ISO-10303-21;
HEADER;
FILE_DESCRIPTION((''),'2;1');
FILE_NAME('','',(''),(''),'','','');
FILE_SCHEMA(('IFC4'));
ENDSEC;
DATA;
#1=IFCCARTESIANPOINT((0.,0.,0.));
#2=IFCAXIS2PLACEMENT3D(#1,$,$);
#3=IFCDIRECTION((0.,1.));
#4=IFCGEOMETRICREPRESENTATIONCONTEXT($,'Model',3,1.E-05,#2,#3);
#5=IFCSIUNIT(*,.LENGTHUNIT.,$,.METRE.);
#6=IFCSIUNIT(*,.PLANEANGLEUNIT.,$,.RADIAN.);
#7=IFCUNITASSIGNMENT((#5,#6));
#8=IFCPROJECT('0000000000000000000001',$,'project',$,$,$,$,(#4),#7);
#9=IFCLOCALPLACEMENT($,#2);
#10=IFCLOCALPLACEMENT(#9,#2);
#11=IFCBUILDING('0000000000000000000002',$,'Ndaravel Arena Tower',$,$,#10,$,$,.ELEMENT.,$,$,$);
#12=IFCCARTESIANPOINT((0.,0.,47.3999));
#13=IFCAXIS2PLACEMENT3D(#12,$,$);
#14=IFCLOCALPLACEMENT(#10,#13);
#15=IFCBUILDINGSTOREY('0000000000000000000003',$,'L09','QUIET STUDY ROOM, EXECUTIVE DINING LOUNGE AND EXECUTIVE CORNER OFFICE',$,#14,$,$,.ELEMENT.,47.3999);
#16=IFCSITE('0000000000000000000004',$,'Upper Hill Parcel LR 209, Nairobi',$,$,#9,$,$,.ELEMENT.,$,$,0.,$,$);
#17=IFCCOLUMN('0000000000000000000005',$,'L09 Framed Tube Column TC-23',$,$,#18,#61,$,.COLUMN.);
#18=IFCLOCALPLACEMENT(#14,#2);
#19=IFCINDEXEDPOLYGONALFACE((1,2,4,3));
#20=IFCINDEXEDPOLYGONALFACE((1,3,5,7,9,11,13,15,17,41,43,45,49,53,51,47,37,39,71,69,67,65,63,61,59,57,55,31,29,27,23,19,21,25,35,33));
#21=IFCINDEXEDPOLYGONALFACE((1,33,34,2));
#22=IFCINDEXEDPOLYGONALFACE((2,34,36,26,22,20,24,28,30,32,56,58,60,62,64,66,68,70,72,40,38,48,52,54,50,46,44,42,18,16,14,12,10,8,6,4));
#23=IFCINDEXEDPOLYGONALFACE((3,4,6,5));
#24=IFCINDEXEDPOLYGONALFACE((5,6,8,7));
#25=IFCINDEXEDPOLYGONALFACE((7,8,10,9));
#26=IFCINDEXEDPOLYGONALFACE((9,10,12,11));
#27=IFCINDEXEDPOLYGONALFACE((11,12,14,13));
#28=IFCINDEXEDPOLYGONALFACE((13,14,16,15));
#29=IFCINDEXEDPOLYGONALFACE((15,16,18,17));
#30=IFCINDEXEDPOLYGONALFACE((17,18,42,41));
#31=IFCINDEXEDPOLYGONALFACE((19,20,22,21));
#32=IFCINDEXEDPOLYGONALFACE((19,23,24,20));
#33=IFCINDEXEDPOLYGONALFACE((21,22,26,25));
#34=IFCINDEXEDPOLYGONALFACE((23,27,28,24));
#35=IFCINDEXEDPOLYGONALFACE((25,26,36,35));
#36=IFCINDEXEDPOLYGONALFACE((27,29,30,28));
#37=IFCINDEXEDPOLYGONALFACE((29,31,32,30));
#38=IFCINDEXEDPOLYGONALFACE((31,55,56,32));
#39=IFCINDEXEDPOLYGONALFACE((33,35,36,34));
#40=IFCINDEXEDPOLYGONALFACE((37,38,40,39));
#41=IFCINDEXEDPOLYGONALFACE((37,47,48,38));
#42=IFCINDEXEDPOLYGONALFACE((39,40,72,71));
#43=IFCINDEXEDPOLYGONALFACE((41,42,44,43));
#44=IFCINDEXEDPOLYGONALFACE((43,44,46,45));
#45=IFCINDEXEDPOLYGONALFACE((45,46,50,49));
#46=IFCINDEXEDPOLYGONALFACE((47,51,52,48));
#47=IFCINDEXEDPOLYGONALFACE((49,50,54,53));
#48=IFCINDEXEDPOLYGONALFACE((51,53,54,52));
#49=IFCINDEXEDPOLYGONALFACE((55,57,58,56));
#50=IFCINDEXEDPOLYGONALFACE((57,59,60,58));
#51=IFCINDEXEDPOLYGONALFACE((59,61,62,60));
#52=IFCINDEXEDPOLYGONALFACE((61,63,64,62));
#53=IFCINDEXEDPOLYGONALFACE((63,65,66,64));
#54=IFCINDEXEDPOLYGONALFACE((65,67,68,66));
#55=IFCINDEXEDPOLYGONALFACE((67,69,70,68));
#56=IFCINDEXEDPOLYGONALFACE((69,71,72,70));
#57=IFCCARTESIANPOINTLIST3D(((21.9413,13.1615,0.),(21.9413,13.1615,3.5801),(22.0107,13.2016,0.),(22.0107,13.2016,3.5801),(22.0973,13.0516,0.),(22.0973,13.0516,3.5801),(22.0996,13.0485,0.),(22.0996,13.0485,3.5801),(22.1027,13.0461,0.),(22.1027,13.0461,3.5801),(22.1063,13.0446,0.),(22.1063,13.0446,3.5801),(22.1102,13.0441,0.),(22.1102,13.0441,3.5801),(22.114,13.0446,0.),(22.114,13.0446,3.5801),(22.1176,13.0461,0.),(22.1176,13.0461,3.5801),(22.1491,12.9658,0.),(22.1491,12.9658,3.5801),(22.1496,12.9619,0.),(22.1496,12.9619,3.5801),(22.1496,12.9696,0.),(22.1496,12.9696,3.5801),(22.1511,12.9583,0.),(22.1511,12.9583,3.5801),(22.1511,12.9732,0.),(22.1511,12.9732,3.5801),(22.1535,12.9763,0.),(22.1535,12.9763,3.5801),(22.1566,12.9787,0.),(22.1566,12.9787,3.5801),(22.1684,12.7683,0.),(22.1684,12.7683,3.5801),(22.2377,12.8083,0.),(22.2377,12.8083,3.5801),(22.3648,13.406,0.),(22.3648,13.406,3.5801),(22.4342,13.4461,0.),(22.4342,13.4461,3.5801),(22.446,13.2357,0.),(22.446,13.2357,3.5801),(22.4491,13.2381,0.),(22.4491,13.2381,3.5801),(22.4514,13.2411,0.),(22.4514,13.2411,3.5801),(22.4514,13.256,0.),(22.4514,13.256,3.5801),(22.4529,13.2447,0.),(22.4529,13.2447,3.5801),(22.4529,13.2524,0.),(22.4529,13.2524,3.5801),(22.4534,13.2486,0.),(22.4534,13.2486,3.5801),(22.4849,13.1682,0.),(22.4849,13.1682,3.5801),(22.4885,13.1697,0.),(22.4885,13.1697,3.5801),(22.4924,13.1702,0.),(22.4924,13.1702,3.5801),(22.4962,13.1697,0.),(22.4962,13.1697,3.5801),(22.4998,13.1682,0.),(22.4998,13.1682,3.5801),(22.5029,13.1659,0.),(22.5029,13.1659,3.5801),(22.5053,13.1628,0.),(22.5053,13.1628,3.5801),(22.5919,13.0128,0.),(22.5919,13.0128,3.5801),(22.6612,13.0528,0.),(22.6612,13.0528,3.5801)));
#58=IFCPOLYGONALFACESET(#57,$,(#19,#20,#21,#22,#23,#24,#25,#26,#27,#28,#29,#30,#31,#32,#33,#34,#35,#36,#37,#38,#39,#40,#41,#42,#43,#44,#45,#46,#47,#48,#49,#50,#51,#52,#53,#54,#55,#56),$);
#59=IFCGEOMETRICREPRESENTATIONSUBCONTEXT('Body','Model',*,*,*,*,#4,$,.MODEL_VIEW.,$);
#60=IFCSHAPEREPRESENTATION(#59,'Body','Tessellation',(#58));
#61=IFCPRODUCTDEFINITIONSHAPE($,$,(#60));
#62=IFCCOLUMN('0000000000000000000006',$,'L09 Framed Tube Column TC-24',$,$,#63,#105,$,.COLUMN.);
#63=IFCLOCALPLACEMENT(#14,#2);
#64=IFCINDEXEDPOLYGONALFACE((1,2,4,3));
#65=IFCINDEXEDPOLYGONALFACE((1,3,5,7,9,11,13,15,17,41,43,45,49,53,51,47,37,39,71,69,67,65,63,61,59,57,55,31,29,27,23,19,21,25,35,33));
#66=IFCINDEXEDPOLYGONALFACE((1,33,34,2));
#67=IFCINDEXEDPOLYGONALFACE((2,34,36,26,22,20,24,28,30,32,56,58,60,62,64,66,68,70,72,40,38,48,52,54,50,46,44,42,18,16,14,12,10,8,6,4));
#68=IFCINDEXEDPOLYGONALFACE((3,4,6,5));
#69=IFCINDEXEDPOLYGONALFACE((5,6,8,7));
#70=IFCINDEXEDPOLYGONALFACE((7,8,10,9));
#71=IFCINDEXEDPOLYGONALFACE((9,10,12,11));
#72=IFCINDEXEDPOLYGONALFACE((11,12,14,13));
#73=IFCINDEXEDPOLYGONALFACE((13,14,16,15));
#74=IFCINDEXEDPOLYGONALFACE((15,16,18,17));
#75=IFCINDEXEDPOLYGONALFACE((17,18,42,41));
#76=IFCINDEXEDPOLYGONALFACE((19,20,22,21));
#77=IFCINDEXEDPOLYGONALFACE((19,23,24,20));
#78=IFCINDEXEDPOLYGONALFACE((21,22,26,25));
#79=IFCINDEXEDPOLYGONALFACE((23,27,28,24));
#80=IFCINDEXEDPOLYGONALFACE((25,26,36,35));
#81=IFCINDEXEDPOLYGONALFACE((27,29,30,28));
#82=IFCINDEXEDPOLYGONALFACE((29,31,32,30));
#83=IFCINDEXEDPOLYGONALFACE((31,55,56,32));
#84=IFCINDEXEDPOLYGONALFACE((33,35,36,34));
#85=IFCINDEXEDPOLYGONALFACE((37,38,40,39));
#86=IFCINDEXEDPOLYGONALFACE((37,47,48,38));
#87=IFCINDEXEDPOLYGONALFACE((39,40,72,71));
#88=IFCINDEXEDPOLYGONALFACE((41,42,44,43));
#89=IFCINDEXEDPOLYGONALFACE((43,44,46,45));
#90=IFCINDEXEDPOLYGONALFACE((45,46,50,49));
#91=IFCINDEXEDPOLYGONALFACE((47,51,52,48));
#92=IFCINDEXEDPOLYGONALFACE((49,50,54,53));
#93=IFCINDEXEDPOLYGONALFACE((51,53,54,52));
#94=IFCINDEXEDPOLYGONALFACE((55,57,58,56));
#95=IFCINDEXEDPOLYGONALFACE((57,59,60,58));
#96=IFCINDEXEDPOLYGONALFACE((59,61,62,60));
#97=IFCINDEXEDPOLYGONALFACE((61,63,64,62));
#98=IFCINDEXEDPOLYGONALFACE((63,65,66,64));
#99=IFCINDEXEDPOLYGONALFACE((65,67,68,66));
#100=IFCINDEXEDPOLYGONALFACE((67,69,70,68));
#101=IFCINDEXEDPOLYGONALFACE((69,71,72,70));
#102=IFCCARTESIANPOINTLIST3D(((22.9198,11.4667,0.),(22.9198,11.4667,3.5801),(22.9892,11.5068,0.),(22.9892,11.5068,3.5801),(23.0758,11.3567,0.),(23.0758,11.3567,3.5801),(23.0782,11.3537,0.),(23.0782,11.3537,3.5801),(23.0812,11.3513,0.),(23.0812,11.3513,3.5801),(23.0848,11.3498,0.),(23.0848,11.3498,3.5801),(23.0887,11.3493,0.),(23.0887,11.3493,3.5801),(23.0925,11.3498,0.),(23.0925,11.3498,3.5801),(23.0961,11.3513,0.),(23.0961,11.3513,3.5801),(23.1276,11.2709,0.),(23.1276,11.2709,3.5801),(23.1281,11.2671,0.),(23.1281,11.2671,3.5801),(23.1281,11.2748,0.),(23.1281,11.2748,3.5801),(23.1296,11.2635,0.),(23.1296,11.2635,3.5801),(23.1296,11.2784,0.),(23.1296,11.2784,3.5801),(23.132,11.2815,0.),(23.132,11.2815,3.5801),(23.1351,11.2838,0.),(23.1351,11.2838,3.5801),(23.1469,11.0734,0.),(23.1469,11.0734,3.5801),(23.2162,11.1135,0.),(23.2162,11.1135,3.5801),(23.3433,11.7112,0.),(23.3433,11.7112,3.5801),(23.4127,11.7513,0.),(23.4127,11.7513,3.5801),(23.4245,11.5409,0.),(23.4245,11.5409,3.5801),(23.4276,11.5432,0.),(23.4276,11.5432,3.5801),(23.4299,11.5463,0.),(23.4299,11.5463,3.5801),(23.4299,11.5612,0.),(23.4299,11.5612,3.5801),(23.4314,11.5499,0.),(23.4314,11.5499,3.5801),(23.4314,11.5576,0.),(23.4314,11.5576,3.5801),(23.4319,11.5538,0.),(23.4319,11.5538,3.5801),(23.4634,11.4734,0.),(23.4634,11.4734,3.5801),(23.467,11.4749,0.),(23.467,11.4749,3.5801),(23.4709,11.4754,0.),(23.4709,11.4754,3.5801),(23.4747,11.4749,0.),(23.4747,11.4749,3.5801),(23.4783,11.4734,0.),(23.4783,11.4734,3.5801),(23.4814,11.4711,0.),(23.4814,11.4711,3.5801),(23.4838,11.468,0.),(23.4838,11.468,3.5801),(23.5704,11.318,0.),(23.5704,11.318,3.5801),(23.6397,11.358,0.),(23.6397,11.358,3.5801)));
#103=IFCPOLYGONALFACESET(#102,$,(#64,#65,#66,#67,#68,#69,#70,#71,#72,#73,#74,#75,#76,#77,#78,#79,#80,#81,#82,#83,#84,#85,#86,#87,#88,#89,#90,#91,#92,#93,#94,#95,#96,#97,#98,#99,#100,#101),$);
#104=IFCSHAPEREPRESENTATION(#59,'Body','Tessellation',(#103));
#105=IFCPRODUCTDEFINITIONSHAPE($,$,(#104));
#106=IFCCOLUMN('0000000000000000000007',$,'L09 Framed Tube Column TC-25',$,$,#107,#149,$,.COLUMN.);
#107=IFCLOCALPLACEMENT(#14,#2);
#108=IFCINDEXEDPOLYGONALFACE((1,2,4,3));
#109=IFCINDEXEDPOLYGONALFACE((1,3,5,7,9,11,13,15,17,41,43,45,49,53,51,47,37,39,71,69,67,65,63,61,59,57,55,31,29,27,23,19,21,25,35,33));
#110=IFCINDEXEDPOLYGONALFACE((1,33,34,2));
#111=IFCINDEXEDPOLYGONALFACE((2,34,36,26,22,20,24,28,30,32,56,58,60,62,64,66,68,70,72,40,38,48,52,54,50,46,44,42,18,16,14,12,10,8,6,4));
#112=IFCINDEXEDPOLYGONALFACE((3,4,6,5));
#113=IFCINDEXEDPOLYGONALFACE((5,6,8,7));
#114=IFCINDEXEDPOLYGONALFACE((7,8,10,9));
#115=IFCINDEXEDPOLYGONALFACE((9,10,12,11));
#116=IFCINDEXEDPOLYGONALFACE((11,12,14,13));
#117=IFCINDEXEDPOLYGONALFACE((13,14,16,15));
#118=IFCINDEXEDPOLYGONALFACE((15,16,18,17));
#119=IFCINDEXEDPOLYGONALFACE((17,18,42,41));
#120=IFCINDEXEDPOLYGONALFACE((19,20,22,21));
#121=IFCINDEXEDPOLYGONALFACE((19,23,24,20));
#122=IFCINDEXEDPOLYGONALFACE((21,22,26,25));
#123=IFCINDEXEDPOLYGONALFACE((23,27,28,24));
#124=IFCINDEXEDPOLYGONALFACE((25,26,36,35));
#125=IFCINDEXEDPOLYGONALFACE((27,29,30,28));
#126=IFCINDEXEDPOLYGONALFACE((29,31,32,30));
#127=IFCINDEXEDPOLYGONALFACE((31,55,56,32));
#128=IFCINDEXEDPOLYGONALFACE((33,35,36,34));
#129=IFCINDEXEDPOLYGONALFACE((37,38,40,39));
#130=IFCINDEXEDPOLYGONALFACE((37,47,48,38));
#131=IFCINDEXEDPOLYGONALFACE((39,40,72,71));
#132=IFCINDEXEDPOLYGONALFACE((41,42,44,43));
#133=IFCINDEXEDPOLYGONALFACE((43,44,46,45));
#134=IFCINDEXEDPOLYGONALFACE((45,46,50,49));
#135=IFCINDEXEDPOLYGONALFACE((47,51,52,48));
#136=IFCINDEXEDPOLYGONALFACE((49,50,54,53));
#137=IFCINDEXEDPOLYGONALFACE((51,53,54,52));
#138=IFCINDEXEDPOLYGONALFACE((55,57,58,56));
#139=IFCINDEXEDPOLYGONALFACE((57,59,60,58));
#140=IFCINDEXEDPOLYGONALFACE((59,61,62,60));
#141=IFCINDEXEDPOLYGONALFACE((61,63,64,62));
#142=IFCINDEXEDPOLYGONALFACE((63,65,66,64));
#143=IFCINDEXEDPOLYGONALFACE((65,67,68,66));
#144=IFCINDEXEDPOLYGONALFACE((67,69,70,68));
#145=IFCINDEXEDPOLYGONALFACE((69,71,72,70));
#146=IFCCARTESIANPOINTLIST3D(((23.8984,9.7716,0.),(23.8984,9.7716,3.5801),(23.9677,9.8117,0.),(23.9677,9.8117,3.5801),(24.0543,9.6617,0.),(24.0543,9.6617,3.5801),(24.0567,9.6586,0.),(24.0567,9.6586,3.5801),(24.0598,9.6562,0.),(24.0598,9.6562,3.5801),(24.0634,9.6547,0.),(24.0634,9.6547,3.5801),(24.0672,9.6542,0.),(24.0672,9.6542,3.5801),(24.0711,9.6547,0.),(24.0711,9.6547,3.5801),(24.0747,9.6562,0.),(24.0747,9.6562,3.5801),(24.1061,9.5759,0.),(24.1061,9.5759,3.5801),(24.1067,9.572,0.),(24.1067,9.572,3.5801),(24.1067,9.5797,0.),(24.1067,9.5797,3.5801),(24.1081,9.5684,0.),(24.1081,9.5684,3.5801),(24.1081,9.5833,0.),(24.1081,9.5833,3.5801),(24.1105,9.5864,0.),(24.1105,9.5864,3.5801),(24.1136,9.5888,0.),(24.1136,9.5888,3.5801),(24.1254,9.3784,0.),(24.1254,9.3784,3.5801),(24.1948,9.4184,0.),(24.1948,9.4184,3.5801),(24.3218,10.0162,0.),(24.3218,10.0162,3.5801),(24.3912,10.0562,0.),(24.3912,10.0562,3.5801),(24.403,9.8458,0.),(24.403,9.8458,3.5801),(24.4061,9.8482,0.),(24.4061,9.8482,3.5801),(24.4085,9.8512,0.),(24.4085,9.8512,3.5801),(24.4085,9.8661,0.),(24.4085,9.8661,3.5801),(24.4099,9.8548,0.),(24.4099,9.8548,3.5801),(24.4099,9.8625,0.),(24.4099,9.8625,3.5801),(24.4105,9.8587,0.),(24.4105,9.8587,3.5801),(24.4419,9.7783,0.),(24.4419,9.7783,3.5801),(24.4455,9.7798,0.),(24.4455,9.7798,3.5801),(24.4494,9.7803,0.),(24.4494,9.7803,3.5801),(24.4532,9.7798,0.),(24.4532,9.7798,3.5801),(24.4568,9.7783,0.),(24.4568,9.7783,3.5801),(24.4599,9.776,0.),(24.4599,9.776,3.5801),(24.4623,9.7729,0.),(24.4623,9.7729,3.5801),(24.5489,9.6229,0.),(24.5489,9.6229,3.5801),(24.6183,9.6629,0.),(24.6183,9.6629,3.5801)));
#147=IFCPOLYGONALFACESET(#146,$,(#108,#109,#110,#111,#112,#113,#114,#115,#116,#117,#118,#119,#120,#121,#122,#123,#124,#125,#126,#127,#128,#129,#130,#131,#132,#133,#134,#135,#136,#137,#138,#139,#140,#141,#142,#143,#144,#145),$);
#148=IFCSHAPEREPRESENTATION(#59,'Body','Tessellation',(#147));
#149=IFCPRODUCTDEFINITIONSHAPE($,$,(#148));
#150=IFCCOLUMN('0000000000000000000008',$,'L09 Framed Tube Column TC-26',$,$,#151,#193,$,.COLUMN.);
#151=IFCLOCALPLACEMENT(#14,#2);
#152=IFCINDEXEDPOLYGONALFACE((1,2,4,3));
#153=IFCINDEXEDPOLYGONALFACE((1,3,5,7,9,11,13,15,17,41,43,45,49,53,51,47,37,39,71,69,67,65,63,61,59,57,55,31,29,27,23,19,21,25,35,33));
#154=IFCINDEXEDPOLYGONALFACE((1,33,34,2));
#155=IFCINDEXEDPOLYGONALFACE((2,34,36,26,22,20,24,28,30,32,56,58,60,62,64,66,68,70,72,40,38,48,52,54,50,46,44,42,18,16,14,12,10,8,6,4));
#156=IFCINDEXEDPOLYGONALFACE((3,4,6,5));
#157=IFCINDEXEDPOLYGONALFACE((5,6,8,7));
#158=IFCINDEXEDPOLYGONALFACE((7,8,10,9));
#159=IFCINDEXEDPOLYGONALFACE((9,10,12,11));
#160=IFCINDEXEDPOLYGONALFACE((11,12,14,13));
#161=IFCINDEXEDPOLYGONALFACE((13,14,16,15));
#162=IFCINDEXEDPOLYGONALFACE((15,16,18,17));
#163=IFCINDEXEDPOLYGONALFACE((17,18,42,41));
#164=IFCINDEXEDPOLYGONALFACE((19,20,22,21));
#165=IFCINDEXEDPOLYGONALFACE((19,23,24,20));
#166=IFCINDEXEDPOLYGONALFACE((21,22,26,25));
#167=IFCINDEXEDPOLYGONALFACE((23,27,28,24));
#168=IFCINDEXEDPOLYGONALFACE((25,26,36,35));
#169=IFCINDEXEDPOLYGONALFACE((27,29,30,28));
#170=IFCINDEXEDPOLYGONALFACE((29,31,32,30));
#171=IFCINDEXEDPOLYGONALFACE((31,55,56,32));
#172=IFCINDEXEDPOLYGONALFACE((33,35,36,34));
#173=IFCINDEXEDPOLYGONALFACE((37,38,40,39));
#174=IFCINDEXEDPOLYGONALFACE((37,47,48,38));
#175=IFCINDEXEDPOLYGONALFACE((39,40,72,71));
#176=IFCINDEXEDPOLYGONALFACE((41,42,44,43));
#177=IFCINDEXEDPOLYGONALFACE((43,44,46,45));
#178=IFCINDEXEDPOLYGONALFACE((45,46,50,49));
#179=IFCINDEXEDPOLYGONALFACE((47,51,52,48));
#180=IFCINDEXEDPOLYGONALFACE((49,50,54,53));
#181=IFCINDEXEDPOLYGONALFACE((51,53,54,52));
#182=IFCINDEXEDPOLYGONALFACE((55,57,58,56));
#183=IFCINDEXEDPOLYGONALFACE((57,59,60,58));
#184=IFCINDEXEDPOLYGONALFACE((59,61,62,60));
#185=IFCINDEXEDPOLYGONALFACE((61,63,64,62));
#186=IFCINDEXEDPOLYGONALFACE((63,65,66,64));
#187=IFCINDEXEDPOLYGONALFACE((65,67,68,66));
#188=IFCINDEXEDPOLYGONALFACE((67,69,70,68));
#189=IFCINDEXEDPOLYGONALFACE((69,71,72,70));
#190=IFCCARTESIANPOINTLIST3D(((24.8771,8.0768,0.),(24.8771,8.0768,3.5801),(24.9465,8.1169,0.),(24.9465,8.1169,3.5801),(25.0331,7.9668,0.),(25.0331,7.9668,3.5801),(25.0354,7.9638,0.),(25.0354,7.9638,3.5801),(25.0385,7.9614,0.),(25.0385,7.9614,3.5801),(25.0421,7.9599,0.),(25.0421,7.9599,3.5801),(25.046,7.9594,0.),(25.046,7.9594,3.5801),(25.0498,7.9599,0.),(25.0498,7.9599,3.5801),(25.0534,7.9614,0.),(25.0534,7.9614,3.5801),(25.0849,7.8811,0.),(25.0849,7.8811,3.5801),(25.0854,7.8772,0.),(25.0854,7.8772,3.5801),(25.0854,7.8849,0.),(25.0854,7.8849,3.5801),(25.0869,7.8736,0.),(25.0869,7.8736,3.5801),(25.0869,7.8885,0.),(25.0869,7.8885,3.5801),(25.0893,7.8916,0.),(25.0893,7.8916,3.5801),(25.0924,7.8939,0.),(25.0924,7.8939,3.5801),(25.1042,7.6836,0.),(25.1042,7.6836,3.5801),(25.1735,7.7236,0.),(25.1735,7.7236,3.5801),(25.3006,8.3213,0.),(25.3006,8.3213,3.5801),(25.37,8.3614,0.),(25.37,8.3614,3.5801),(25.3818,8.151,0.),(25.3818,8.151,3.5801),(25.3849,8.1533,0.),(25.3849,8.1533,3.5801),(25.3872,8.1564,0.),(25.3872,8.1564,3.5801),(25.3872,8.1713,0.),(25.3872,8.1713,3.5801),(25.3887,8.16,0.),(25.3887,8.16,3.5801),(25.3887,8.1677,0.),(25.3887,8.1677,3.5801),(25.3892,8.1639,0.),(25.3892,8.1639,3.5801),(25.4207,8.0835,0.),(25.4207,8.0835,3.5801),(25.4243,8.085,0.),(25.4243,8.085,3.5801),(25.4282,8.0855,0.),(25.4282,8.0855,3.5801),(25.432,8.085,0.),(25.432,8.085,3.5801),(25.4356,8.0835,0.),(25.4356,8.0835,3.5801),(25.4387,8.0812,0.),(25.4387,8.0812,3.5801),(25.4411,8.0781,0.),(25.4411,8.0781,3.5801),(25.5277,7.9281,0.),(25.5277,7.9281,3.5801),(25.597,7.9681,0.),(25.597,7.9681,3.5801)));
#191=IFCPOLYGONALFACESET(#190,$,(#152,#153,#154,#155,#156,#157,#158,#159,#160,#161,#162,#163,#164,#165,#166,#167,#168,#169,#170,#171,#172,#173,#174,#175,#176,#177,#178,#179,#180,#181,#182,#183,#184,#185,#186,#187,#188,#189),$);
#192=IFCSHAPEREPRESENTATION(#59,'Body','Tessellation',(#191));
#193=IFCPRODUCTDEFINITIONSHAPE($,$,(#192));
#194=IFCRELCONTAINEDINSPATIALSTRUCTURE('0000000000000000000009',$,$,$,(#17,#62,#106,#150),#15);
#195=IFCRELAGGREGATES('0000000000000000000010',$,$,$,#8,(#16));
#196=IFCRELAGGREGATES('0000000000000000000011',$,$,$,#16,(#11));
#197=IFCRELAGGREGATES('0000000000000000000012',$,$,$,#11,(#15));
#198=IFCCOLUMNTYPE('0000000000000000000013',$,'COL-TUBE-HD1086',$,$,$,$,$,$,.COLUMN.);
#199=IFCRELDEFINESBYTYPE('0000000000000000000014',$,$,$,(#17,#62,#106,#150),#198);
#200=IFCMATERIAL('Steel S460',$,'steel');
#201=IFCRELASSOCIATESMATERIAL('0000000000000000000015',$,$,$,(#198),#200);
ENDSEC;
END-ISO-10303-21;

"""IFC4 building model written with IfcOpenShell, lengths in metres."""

from ifc_helpers import new_model, si_unit, direction, frame, origin, origin_2d, place, context, subcontext, project, spatial, i_section, extrude, material, material_profile, profile_set, type_object, element, save


model = new_model("IFC4")

# Units and contexts
model_context = context("Model", 3, precision=1e-05, world=origin(), true_north=direction((0.0, 1.0)))
body_context = subcontext(model_context, "Body", "Model", "MODEL_VIEW")
ifc_project = project(units=[si_unit("LENGTHUNIT", "METRE"), si_unit("PLANEANGLEUNIT", "RADIAN")], contexts=[model_context])

# Site, building, storey
site_placement = place(None, origin())
site = spatial("IfcSite", under=ifc_project, at=site_placement, Name="Upper Hill Parcel LR 209, Nairobi", CompositionType="ELEMENT", RefElevation=0.0)
building_placement = place(site_placement, origin())
building = spatial("IfcBuilding", under=site, at=building_placement, Name="Ndaravel Arena Tower", CompositionType="ELEMENT")
storey_placement = place(building_placement, frame((0.0, 0.0, 47.3999)))
storey = spatial("IfcBuildingStorey", under=building, at=storey_placement, Name="L09", Description="QUIET STUDY ROOM, EXECUTIVE DINING LOUNGE AND EXECUTIVE CORNER OFFICE", CompositionType="ELEMENT", Elevation=47.3999)

# Columns
ifc_material_1 = material(Name="Steel S460", Category="steel")
ifc_material_profile_1 = material_profile(ifc_material_1, i_section(OverallWidth=0.4541, OverallDepth=0.5691, WebThickness=0.0779, FlangeThickness=0.0801, FilletRadius=0.0149, at=origin_2d()), Name="HD 400x1086")
ifc_profile_set_1 = profile_set([ifc_material_profile_1], Name="Steel S460")
column_type = type_object("IfcColumnType", Name="COL-TUBE-HD1086", PredefinedType="COLUMN", material=ifc_profile_set_1)
for number, where, z_axis, x_axis, name in (
    (1, (22.3013, 13.1072, 0.0), (0.0, 0.0, 1.0), (-0.5, 0.866025, 0.0), "L09 Framed Tube Column TC-23"),
    (2, (23.2798, 11.4124, 0.0), (0.0, 0.0, 1.0), (-0.5, 0.866025, 0.0), "L09 Framed Tube Column TC-24"),
    (3, (24.2583, 9.7173, 0.0), (0.0, 0.0, 1.0), (-0.5, 0.866025, 0.0), "L09 Framed Tube Column TC-25"),
    (4, (25.2371, 8.0225, 0.0), (0.0, 0.0, 1.0), (-0.5, 0.866025, 0.0), "L09 Framed Tube Column TC-26"),
):
    element("IfcColumn", number, at=place(storey_placement, frame(where, z_axis=z_axis, x_axis=x_axis)), inside=storey, type_object=column_type, Name=name, PredefinedType="COLUMN", context=body_context, shape_type="SweptSolid", body=[
        extrude(i_section(OverallWidth=0.4541, OverallDepth=0.5691, WebThickness=0.0779, FlangeThickness=0.0801, FilletRadius=0.0149, at=origin_2d()), origin(), (0.0, 0.0, 1.0), 3.5801),
    ])

save(model, "model.ifc")
